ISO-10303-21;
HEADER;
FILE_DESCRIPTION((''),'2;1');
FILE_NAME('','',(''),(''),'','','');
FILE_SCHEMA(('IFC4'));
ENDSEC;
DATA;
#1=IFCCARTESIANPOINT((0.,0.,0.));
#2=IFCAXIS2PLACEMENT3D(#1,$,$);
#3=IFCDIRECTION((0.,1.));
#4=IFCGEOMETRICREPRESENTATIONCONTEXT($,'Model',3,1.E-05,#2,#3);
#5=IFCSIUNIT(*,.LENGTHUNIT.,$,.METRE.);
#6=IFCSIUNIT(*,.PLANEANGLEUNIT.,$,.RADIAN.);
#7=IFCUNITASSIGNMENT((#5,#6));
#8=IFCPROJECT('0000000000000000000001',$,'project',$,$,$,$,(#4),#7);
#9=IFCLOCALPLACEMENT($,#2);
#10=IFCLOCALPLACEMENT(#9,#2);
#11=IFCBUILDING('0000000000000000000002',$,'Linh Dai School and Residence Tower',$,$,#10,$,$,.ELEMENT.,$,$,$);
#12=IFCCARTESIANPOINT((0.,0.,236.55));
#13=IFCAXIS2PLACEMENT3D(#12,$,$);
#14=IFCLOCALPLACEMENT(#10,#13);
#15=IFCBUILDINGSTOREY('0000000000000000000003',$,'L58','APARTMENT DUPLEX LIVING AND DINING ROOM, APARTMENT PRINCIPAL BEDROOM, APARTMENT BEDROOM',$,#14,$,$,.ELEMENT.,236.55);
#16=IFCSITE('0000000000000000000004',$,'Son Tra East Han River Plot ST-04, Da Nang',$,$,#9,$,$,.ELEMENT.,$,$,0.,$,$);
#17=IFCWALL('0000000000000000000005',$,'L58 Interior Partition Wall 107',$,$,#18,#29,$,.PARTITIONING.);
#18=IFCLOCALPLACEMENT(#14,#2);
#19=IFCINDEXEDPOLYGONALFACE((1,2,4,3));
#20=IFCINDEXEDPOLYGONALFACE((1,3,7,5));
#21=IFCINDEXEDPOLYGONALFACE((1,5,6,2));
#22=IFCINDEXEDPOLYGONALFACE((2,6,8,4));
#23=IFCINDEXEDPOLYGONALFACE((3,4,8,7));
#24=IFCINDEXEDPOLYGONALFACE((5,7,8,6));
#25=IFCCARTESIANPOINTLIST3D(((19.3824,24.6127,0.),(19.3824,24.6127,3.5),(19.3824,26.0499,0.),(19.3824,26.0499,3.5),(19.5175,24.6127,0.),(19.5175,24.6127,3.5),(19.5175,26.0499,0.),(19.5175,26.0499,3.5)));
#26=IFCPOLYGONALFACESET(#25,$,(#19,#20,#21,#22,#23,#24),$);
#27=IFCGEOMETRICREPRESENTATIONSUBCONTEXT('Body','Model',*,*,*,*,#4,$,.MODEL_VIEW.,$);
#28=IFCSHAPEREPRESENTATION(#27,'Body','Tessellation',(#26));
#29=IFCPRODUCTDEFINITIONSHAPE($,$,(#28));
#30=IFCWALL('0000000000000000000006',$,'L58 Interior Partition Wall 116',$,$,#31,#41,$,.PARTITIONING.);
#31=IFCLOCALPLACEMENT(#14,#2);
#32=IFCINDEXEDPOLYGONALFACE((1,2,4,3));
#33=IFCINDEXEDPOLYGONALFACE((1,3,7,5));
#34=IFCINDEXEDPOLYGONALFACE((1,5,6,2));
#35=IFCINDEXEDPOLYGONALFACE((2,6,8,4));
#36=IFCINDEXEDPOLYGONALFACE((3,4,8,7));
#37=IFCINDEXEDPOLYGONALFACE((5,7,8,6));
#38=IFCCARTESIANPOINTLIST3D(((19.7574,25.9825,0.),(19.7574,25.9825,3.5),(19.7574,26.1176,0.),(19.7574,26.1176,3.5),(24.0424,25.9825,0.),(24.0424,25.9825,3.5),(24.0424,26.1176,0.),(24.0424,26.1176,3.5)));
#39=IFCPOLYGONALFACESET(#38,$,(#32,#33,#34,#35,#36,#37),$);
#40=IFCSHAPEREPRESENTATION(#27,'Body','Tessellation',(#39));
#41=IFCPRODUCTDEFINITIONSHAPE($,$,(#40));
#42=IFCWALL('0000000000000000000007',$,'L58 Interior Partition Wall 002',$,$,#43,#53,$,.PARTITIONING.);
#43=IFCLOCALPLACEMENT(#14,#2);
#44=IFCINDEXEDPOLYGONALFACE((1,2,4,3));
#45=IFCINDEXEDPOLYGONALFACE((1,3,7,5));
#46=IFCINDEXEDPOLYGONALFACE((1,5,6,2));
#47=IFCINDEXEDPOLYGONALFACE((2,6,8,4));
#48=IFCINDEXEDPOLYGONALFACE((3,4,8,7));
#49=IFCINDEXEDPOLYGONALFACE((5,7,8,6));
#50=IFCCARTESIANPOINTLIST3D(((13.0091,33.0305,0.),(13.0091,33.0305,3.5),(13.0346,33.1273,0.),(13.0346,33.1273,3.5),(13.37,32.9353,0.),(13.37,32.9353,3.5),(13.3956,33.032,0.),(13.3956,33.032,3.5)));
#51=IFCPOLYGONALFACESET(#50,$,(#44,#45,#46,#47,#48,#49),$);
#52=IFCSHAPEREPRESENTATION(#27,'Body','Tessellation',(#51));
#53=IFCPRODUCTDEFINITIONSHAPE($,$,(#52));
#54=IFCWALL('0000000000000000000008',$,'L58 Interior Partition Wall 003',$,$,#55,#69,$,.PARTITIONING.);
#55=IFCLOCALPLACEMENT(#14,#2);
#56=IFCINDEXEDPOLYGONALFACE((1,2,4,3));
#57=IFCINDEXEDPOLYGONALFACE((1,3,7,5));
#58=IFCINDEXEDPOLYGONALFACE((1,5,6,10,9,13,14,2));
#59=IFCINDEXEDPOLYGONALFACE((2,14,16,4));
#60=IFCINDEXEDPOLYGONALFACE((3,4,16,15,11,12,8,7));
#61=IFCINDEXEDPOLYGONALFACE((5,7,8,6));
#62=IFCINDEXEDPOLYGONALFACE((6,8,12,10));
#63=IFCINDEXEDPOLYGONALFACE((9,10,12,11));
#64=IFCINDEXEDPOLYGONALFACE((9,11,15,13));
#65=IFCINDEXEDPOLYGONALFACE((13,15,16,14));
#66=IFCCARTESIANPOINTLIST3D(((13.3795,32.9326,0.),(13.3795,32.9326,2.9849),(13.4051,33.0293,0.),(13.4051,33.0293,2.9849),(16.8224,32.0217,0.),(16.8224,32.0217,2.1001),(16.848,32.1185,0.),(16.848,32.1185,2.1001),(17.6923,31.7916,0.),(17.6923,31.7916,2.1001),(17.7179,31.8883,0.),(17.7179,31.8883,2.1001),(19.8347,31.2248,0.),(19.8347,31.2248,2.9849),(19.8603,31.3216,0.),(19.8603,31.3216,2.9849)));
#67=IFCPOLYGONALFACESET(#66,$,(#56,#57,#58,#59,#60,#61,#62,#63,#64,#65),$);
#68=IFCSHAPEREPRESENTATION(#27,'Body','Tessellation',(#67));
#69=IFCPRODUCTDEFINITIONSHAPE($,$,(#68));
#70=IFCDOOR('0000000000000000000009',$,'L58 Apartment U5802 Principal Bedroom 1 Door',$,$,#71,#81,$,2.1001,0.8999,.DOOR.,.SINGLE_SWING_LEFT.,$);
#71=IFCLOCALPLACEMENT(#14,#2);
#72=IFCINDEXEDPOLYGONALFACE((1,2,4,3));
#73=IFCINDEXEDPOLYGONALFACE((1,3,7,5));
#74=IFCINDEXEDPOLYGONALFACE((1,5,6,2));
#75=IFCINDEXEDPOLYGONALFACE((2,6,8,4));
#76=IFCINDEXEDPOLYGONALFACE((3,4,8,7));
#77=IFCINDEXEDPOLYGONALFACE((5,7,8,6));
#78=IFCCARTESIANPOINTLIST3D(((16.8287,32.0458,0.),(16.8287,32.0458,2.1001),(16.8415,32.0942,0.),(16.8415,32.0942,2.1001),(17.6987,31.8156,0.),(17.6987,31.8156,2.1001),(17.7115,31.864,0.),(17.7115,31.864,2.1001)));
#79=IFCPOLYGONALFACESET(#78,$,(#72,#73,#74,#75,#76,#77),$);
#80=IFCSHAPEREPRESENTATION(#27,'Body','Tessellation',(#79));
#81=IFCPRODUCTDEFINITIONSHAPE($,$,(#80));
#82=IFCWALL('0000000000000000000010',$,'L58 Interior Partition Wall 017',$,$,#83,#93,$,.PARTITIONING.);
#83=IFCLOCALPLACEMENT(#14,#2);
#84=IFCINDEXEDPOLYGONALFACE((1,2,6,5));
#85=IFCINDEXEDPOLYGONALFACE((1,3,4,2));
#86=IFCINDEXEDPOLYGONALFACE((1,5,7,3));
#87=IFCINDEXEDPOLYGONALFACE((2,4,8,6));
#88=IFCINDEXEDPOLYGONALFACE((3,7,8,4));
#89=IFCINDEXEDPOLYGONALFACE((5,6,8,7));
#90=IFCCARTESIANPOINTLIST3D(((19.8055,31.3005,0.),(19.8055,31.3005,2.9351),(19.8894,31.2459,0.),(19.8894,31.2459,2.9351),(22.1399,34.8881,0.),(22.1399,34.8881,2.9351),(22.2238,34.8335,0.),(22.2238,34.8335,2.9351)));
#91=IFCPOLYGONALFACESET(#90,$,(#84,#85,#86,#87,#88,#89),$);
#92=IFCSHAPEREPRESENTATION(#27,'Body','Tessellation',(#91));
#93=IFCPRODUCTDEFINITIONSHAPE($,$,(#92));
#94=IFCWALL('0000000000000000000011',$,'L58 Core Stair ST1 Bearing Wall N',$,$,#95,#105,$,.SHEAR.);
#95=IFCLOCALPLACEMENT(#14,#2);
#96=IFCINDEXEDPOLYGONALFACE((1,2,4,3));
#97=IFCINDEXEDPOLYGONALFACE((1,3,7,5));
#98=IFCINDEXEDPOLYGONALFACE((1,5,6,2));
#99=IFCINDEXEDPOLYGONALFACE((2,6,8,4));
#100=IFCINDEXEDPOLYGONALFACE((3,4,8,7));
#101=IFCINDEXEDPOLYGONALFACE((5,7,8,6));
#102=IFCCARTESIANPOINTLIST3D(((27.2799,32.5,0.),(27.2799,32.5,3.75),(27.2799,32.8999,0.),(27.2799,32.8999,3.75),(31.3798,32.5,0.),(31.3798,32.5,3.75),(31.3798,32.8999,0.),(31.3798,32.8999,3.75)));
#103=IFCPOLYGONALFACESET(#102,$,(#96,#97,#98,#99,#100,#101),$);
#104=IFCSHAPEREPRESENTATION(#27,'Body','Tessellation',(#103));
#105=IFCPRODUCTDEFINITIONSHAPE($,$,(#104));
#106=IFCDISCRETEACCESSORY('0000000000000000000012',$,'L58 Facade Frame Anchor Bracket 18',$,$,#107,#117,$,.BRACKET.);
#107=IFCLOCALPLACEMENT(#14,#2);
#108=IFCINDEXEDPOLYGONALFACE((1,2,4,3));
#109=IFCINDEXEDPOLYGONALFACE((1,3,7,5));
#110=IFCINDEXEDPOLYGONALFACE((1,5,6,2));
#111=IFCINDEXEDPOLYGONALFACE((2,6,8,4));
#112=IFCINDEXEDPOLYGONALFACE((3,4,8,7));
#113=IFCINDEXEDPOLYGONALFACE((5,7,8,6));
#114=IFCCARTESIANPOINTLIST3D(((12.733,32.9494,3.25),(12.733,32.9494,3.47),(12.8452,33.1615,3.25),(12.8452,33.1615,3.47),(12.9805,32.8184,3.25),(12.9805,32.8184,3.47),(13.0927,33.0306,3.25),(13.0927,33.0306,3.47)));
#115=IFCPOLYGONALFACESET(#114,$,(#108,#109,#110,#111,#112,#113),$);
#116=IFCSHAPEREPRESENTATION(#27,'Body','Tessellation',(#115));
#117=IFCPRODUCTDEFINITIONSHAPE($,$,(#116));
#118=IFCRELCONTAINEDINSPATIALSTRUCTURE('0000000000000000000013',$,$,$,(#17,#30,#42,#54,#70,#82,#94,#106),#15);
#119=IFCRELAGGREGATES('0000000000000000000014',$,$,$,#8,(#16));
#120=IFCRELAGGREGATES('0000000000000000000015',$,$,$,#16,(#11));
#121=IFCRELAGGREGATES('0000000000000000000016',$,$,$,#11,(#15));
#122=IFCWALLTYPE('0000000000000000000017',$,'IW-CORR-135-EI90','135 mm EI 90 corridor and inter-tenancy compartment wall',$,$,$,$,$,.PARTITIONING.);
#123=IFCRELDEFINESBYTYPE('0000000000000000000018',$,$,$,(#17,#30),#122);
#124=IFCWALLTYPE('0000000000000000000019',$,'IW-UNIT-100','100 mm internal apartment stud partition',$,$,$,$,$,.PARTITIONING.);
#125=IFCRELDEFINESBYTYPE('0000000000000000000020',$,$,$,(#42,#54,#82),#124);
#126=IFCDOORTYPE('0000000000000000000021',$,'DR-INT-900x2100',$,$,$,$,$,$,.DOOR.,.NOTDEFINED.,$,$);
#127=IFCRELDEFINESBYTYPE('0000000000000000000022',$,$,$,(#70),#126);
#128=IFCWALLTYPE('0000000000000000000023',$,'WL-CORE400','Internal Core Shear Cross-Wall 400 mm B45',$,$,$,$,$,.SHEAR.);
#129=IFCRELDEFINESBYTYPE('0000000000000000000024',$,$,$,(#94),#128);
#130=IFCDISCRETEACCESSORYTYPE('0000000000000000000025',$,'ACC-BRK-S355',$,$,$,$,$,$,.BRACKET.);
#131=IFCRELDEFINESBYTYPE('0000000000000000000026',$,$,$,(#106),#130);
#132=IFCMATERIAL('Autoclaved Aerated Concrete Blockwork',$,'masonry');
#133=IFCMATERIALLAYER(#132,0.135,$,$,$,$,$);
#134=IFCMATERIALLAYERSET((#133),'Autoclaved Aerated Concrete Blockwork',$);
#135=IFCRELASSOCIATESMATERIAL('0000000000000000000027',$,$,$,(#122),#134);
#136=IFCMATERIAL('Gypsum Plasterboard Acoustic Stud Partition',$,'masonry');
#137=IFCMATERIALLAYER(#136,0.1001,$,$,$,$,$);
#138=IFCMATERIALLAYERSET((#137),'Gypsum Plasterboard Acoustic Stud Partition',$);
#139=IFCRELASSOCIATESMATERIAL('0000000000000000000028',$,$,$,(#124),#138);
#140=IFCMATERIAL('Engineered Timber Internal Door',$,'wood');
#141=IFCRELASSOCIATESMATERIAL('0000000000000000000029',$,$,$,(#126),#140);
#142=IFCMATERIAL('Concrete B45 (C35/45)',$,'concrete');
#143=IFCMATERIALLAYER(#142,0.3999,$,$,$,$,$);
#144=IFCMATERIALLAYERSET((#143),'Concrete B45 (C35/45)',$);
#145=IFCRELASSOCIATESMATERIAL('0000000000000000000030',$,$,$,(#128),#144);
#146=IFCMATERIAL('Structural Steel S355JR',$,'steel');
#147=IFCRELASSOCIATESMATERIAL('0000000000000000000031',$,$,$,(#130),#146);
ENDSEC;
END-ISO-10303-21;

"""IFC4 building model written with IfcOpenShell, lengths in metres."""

from ifc_helpers import new_model, si_unit, direction, frame, frame_2d, origin, origin_2d, place, context, subcontext, project, spatial, rectangle, extrude, source, transform, mapped, material, layer, layer_set, type_object, element, fill, save


model = new_model("IFC4")

# Units and contexts
model_context = context("Model", 3, precision=1e-05, world=origin(), true_north=direction((0.0, 1.0)))
body_context = subcontext(model_context, "Body", "Model", "MODEL_VIEW")
ifc_project = project(units=[si_unit("LENGTHUNIT", "METRE"), si_unit("PLANEANGLEUNIT", "RADIAN")], contexts=[model_context])

# Site, building, storey
site_placement = place(None, origin())
site = spatial("IfcSite", under=ifc_project, at=site_placement, Name="Son Tra East Han River Plot ST-04, Da Nang", CompositionType="ELEMENT", RefElevation=0.0)
building_placement = place(site_placement, origin())
building = spatial("IfcBuilding", under=site, at=building_placement, Name="Linh Dai School and Residence Tower", CompositionType="ELEMENT")
storey_placement = place(building_placement, frame((0.0, 0.0, 236.55)))
storey = spatial("IfcBuildingStorey", under=building, at=storey_placement, Name="L58", Description="APARTMENT DUPLEX LIVING AND DINING ROOM, APARTMENT PRINCIPAL BEDROOM, APARTMENT BEDROOM", CompositionType="ELEMENT", Elevation=236.55)

# Shared definitions
ifc_material_1 = material(Name="Concrete B45 (C35/45)", Category="concrete")
ifc_material_2 = material(Name="Structural Steel S355JR", Category="steel")

# Shared definitions
ifc_material_3 = material(Name="Autoclaved Aerated Concrete Blockwork", Category="masonry")
ifc_layer_1 = layer(ifc_material_3, 0.135)
ifc_layer_set_1 = layer_set([ifc_layer_1], Name="Autoclaved Aerated Concrete Blockwork")
wall_type_1 = type_object("IfcWallType", Name="IW-CORR-135-EI90", Description="135 mm EI 90 corridor and inter-tenancy compartment wall", PredefinedType="PARTITIONING", material=ifc_layer_set_1)

# Walls
wall_1_placement = place(storey_placement, frame((19.45, 26.05, 0.0), z_axis=(0.0, 0.0, 1.0), x_axis=(0.0, -1.0, 0.0)))
element("IfcWall", 1, at=wall_1_placement, inside=storey, type_object=wall_type_1, Name="L58 Interior Partition Wall 107", PredefinedType="PARTITIONING", context=body_context, shape_type="SweptSolid", body=[
    extrude(rectangle(XDim=1.4373, YDim=0.135, at=frame_2d((0.7188, 0.0))), origin(), (0.0, 0.0, 1.0), 3.5),
])
wall_2_placement = place(storey_placement, frame((24.0425, 26.05, 0.0), z_axis=(0.0, 0.0, 1.0), x_axis=(-1.0, 0.0, 0.0)))
element("IfcWall", 2, at=wall_2_placement, inside=storey, type_object=wall_type_1, Name="L58 Interior Partition Wall 116", PredefinedType="PARTITIONING", context=body_context, shape_type="SweptSolid", body=[
    extrude(rectangle(XDim=4.2849, YDim=0.135, at=frame_2d((2.1426, 0.0))), origin(), (0.0, 0.0, 1.0), 3.5),
])
ifc_material_4 = material(Name="Gypsum Plasterboard Acoustic Stud Partition", Category="masonry")
ifc_layer_2 = layer(ifc_material_4, 0.1001)
ifc_layer_set_2 = layer_set([ifc_layer_2], Name="Gypsum Plasterboard Acoustic Stud Partition")
wall_type_2 = type_object("IfcWallType", Name="IW-UNIT-100", Description="100 mm internal apartment stud partition", PredefinedType="PARTITIONING", material=ifc_layer_set_2)
wall_3_placement = place(storey_placement, frame((13.022, 33.0789, 0.0), z_axis=(0.0, 0.0, 1.0), x_axis=(0.966905, -0.255137, 0.0)))
element("IfcWall", 3, at=wall_3_placement, inside=storey, type_object=wall_type_2, Name="L58 Interior Partition Wall 002", PredefinedType="PARTITIONING", context=body_context, shape_type="SweptSolid", body=[
    extrude(rectangle(XDim=0.3733, YDim=0.1001, at=frame_2d((0.1865, 0.0))), origin(), (0.0, 0.0, 1.0), 3.5),
])

# Wall, opening, door
wall_4_placement = place(storey_placement, frame((13.3923, 32.981, 0.0), z_axis=(0.0, 0.0, 1.0), x_axis=(0.96674, -0.255762, 0.0)))
wall_4 = element("IfcWall", 4, at=wall_4_placement, inside=storey, type_object=wall_type_2, Name="L58 Interior Partition Wall 003", PredefinedType="PARTITIONING", context=body_context, shape_type="SweptSolid", body=[
    extrude(rectangle(XDim=6.6772, YDim=0.1001, at=frame_2d((3.3386, 0.0))), origin(), (0.0, 0.0, 1.0), 2.9849),
])
opening_1_placement = place(wall_4_placement, frame((3.5613, 0.0, 0.0)))
opening_1 = element("IfcOpeningElement", 5, at=opening_1_placement, cuts=wall_4, PredefinedType="OPENING", context=body_context, shape_type="SweptSolid", body=[
    extrude(rectangle(XDim=0.8999, YDim=2.1001, at=origin_2d()), frame((0.45, 0.0601, 1.05), z_axis=(0.0, -1.0, 0.0), x_axis=(1.0, 0.0, 0.0)), (0.0, 0.0, 1.0), 0.1201),
])
ifc_material_5 = material(Name="Engineered Timber Internal Door", Category="wood")
door_type_1 = type_object("IfcDoorType", Name="DR-INT-900x2100", OperationType="NOTDEFINED", PredefinedType="DOOR", material=ifc_material_5)
shared_shape_1 = source(origin(), body_context, "Body", "SweptSolid", [
    extrude(rectangle(XDim=0.8999, YDim=2.1001, at=origin_2d()), frame((0.45, 0.0249, 1.05), z_axis=(0.0, -1.0, 0.0), x_axis=(1.0, 0.0, 0.0)), (0.0, 0.0, 1.0), 0.05),
])
door_1_placement = place(opening_1_placement, origin())
door_1 = element("IfcDoor", 6, at=door_1_placement, inside=storey, type_object=door_type_1, Name="L58 Apartment U5802 Principal Bedroom 1 Door", OperationType="SINGLE_SWING_LEFT", OverallHeight=2.1001, OverallWidth=0.8999, PredefinedType="DOOR", context=body_context, shape_type="MappedRepresentation", body=[
    mapped(shared_shape_1, transform((0.0, 0.0, 0.0), x_axis=(1.0, 0.0, 0.0), y_axis=(0.0, 1.0, 0.0), z_axis=(0.0, 0.0, 1.0), scale=1.0)),
])
fill(opening_1, door_1)

# Walls
wall_5_placement = place(storey_placement, frame((19.8474, 31.2732, 0.0), z_axis=(0.0, 0.0, 1.0), x_axis=(0.545399, 0.838176, 0.0)))
element("IfcWall", 7, at=wall_5_placement, inside=storey, type_object=wall_type_2, Name="L58 Interior Partition Wall 017", PredefinedType="PARTITIONING", context=body_context, shape_type="SweptSolid", body=[
    extrude(rectangle(XDim=4.2803, YDim=0.1001, at=frame_2d((2.1401, 0.0))), origin(), (0.0, 0.0, 1.0), 2.9351),
])
ifc_layer_3 = layer(ifc_material_1, 0.3999)
ifc_layer_set_3 = layer_set([ifc_layer_3], Name="Concrete B45 (C35/45)")
wall_type_3 = type_object("IfcWallType", Name="WL-CORE400", Description="Internal Core Shear Cross-Wall 400 mm B45", PredefinedType="SHEAR", material=ifc_layer_set_3)
wall_6_placement = place(storey_placement, frame((27.28, 32.7, 0.0), z_axis=(0.0, 0.0, 1.0), x_axis=(1.0, 0.0, 0.0)))
element("IfcWall", 8, at=wall_6_placement, inside=storey, type_object=wall_type_3, Name="L58 Core Stair ST1 Bearing Wall N", PredefinedType="SHEAR", context=body_context, shape_type="SweptSolid", body=[
    extrude(rectangle(XDim=4.0999, YDim=0.3999, at=frame_2d((2.0498, 0.0))), origin(), (0.0, 0.0, 1.0), 3.75),
])

# Discrete accessory
discrete_accessory_type = type_object("IfcDiscreteAccessoryType", Name="ACC-BRK-S355", PredefinedType="BRACKET", material=ifc_material_2)
shared_shape_2 = source(origin(), body_context, "Body", "SweptSolid", [
    extrude(rectangle(XDim=0.28, YDim=0.24, at=origin_2d()), origin(), (0.0, 0.0, 1.0), 0.22),
])
discrete_accessory_placement = place(storey_placement, frame((12.9128, 32.99, 3.25), z_axis=(0.0, 0.0, 1.0), x_axis=(-0.883929, 0.467621, 0.0)))
element("IfcDiscreteAccessory", 9, at=discrete_accessory_placement, inside=storey, type_object=discrete_accessory_type, Name="L58 Facade Frame Anchor Bracket 18", PredefinedType="BRACKET", context=body_context, shape_type="MappedRepresentation", body=[
    mapped(shared_shape_2, transform((0.0, 0.0, 0.0), x_axis=(1.0, 0.0, 0.0), y_axis=(0.0, 1.0, 0.0), z_axis=(0.0, 0.0, 1.0), scale=1.0)),
])

save(model, "model.ifc")
